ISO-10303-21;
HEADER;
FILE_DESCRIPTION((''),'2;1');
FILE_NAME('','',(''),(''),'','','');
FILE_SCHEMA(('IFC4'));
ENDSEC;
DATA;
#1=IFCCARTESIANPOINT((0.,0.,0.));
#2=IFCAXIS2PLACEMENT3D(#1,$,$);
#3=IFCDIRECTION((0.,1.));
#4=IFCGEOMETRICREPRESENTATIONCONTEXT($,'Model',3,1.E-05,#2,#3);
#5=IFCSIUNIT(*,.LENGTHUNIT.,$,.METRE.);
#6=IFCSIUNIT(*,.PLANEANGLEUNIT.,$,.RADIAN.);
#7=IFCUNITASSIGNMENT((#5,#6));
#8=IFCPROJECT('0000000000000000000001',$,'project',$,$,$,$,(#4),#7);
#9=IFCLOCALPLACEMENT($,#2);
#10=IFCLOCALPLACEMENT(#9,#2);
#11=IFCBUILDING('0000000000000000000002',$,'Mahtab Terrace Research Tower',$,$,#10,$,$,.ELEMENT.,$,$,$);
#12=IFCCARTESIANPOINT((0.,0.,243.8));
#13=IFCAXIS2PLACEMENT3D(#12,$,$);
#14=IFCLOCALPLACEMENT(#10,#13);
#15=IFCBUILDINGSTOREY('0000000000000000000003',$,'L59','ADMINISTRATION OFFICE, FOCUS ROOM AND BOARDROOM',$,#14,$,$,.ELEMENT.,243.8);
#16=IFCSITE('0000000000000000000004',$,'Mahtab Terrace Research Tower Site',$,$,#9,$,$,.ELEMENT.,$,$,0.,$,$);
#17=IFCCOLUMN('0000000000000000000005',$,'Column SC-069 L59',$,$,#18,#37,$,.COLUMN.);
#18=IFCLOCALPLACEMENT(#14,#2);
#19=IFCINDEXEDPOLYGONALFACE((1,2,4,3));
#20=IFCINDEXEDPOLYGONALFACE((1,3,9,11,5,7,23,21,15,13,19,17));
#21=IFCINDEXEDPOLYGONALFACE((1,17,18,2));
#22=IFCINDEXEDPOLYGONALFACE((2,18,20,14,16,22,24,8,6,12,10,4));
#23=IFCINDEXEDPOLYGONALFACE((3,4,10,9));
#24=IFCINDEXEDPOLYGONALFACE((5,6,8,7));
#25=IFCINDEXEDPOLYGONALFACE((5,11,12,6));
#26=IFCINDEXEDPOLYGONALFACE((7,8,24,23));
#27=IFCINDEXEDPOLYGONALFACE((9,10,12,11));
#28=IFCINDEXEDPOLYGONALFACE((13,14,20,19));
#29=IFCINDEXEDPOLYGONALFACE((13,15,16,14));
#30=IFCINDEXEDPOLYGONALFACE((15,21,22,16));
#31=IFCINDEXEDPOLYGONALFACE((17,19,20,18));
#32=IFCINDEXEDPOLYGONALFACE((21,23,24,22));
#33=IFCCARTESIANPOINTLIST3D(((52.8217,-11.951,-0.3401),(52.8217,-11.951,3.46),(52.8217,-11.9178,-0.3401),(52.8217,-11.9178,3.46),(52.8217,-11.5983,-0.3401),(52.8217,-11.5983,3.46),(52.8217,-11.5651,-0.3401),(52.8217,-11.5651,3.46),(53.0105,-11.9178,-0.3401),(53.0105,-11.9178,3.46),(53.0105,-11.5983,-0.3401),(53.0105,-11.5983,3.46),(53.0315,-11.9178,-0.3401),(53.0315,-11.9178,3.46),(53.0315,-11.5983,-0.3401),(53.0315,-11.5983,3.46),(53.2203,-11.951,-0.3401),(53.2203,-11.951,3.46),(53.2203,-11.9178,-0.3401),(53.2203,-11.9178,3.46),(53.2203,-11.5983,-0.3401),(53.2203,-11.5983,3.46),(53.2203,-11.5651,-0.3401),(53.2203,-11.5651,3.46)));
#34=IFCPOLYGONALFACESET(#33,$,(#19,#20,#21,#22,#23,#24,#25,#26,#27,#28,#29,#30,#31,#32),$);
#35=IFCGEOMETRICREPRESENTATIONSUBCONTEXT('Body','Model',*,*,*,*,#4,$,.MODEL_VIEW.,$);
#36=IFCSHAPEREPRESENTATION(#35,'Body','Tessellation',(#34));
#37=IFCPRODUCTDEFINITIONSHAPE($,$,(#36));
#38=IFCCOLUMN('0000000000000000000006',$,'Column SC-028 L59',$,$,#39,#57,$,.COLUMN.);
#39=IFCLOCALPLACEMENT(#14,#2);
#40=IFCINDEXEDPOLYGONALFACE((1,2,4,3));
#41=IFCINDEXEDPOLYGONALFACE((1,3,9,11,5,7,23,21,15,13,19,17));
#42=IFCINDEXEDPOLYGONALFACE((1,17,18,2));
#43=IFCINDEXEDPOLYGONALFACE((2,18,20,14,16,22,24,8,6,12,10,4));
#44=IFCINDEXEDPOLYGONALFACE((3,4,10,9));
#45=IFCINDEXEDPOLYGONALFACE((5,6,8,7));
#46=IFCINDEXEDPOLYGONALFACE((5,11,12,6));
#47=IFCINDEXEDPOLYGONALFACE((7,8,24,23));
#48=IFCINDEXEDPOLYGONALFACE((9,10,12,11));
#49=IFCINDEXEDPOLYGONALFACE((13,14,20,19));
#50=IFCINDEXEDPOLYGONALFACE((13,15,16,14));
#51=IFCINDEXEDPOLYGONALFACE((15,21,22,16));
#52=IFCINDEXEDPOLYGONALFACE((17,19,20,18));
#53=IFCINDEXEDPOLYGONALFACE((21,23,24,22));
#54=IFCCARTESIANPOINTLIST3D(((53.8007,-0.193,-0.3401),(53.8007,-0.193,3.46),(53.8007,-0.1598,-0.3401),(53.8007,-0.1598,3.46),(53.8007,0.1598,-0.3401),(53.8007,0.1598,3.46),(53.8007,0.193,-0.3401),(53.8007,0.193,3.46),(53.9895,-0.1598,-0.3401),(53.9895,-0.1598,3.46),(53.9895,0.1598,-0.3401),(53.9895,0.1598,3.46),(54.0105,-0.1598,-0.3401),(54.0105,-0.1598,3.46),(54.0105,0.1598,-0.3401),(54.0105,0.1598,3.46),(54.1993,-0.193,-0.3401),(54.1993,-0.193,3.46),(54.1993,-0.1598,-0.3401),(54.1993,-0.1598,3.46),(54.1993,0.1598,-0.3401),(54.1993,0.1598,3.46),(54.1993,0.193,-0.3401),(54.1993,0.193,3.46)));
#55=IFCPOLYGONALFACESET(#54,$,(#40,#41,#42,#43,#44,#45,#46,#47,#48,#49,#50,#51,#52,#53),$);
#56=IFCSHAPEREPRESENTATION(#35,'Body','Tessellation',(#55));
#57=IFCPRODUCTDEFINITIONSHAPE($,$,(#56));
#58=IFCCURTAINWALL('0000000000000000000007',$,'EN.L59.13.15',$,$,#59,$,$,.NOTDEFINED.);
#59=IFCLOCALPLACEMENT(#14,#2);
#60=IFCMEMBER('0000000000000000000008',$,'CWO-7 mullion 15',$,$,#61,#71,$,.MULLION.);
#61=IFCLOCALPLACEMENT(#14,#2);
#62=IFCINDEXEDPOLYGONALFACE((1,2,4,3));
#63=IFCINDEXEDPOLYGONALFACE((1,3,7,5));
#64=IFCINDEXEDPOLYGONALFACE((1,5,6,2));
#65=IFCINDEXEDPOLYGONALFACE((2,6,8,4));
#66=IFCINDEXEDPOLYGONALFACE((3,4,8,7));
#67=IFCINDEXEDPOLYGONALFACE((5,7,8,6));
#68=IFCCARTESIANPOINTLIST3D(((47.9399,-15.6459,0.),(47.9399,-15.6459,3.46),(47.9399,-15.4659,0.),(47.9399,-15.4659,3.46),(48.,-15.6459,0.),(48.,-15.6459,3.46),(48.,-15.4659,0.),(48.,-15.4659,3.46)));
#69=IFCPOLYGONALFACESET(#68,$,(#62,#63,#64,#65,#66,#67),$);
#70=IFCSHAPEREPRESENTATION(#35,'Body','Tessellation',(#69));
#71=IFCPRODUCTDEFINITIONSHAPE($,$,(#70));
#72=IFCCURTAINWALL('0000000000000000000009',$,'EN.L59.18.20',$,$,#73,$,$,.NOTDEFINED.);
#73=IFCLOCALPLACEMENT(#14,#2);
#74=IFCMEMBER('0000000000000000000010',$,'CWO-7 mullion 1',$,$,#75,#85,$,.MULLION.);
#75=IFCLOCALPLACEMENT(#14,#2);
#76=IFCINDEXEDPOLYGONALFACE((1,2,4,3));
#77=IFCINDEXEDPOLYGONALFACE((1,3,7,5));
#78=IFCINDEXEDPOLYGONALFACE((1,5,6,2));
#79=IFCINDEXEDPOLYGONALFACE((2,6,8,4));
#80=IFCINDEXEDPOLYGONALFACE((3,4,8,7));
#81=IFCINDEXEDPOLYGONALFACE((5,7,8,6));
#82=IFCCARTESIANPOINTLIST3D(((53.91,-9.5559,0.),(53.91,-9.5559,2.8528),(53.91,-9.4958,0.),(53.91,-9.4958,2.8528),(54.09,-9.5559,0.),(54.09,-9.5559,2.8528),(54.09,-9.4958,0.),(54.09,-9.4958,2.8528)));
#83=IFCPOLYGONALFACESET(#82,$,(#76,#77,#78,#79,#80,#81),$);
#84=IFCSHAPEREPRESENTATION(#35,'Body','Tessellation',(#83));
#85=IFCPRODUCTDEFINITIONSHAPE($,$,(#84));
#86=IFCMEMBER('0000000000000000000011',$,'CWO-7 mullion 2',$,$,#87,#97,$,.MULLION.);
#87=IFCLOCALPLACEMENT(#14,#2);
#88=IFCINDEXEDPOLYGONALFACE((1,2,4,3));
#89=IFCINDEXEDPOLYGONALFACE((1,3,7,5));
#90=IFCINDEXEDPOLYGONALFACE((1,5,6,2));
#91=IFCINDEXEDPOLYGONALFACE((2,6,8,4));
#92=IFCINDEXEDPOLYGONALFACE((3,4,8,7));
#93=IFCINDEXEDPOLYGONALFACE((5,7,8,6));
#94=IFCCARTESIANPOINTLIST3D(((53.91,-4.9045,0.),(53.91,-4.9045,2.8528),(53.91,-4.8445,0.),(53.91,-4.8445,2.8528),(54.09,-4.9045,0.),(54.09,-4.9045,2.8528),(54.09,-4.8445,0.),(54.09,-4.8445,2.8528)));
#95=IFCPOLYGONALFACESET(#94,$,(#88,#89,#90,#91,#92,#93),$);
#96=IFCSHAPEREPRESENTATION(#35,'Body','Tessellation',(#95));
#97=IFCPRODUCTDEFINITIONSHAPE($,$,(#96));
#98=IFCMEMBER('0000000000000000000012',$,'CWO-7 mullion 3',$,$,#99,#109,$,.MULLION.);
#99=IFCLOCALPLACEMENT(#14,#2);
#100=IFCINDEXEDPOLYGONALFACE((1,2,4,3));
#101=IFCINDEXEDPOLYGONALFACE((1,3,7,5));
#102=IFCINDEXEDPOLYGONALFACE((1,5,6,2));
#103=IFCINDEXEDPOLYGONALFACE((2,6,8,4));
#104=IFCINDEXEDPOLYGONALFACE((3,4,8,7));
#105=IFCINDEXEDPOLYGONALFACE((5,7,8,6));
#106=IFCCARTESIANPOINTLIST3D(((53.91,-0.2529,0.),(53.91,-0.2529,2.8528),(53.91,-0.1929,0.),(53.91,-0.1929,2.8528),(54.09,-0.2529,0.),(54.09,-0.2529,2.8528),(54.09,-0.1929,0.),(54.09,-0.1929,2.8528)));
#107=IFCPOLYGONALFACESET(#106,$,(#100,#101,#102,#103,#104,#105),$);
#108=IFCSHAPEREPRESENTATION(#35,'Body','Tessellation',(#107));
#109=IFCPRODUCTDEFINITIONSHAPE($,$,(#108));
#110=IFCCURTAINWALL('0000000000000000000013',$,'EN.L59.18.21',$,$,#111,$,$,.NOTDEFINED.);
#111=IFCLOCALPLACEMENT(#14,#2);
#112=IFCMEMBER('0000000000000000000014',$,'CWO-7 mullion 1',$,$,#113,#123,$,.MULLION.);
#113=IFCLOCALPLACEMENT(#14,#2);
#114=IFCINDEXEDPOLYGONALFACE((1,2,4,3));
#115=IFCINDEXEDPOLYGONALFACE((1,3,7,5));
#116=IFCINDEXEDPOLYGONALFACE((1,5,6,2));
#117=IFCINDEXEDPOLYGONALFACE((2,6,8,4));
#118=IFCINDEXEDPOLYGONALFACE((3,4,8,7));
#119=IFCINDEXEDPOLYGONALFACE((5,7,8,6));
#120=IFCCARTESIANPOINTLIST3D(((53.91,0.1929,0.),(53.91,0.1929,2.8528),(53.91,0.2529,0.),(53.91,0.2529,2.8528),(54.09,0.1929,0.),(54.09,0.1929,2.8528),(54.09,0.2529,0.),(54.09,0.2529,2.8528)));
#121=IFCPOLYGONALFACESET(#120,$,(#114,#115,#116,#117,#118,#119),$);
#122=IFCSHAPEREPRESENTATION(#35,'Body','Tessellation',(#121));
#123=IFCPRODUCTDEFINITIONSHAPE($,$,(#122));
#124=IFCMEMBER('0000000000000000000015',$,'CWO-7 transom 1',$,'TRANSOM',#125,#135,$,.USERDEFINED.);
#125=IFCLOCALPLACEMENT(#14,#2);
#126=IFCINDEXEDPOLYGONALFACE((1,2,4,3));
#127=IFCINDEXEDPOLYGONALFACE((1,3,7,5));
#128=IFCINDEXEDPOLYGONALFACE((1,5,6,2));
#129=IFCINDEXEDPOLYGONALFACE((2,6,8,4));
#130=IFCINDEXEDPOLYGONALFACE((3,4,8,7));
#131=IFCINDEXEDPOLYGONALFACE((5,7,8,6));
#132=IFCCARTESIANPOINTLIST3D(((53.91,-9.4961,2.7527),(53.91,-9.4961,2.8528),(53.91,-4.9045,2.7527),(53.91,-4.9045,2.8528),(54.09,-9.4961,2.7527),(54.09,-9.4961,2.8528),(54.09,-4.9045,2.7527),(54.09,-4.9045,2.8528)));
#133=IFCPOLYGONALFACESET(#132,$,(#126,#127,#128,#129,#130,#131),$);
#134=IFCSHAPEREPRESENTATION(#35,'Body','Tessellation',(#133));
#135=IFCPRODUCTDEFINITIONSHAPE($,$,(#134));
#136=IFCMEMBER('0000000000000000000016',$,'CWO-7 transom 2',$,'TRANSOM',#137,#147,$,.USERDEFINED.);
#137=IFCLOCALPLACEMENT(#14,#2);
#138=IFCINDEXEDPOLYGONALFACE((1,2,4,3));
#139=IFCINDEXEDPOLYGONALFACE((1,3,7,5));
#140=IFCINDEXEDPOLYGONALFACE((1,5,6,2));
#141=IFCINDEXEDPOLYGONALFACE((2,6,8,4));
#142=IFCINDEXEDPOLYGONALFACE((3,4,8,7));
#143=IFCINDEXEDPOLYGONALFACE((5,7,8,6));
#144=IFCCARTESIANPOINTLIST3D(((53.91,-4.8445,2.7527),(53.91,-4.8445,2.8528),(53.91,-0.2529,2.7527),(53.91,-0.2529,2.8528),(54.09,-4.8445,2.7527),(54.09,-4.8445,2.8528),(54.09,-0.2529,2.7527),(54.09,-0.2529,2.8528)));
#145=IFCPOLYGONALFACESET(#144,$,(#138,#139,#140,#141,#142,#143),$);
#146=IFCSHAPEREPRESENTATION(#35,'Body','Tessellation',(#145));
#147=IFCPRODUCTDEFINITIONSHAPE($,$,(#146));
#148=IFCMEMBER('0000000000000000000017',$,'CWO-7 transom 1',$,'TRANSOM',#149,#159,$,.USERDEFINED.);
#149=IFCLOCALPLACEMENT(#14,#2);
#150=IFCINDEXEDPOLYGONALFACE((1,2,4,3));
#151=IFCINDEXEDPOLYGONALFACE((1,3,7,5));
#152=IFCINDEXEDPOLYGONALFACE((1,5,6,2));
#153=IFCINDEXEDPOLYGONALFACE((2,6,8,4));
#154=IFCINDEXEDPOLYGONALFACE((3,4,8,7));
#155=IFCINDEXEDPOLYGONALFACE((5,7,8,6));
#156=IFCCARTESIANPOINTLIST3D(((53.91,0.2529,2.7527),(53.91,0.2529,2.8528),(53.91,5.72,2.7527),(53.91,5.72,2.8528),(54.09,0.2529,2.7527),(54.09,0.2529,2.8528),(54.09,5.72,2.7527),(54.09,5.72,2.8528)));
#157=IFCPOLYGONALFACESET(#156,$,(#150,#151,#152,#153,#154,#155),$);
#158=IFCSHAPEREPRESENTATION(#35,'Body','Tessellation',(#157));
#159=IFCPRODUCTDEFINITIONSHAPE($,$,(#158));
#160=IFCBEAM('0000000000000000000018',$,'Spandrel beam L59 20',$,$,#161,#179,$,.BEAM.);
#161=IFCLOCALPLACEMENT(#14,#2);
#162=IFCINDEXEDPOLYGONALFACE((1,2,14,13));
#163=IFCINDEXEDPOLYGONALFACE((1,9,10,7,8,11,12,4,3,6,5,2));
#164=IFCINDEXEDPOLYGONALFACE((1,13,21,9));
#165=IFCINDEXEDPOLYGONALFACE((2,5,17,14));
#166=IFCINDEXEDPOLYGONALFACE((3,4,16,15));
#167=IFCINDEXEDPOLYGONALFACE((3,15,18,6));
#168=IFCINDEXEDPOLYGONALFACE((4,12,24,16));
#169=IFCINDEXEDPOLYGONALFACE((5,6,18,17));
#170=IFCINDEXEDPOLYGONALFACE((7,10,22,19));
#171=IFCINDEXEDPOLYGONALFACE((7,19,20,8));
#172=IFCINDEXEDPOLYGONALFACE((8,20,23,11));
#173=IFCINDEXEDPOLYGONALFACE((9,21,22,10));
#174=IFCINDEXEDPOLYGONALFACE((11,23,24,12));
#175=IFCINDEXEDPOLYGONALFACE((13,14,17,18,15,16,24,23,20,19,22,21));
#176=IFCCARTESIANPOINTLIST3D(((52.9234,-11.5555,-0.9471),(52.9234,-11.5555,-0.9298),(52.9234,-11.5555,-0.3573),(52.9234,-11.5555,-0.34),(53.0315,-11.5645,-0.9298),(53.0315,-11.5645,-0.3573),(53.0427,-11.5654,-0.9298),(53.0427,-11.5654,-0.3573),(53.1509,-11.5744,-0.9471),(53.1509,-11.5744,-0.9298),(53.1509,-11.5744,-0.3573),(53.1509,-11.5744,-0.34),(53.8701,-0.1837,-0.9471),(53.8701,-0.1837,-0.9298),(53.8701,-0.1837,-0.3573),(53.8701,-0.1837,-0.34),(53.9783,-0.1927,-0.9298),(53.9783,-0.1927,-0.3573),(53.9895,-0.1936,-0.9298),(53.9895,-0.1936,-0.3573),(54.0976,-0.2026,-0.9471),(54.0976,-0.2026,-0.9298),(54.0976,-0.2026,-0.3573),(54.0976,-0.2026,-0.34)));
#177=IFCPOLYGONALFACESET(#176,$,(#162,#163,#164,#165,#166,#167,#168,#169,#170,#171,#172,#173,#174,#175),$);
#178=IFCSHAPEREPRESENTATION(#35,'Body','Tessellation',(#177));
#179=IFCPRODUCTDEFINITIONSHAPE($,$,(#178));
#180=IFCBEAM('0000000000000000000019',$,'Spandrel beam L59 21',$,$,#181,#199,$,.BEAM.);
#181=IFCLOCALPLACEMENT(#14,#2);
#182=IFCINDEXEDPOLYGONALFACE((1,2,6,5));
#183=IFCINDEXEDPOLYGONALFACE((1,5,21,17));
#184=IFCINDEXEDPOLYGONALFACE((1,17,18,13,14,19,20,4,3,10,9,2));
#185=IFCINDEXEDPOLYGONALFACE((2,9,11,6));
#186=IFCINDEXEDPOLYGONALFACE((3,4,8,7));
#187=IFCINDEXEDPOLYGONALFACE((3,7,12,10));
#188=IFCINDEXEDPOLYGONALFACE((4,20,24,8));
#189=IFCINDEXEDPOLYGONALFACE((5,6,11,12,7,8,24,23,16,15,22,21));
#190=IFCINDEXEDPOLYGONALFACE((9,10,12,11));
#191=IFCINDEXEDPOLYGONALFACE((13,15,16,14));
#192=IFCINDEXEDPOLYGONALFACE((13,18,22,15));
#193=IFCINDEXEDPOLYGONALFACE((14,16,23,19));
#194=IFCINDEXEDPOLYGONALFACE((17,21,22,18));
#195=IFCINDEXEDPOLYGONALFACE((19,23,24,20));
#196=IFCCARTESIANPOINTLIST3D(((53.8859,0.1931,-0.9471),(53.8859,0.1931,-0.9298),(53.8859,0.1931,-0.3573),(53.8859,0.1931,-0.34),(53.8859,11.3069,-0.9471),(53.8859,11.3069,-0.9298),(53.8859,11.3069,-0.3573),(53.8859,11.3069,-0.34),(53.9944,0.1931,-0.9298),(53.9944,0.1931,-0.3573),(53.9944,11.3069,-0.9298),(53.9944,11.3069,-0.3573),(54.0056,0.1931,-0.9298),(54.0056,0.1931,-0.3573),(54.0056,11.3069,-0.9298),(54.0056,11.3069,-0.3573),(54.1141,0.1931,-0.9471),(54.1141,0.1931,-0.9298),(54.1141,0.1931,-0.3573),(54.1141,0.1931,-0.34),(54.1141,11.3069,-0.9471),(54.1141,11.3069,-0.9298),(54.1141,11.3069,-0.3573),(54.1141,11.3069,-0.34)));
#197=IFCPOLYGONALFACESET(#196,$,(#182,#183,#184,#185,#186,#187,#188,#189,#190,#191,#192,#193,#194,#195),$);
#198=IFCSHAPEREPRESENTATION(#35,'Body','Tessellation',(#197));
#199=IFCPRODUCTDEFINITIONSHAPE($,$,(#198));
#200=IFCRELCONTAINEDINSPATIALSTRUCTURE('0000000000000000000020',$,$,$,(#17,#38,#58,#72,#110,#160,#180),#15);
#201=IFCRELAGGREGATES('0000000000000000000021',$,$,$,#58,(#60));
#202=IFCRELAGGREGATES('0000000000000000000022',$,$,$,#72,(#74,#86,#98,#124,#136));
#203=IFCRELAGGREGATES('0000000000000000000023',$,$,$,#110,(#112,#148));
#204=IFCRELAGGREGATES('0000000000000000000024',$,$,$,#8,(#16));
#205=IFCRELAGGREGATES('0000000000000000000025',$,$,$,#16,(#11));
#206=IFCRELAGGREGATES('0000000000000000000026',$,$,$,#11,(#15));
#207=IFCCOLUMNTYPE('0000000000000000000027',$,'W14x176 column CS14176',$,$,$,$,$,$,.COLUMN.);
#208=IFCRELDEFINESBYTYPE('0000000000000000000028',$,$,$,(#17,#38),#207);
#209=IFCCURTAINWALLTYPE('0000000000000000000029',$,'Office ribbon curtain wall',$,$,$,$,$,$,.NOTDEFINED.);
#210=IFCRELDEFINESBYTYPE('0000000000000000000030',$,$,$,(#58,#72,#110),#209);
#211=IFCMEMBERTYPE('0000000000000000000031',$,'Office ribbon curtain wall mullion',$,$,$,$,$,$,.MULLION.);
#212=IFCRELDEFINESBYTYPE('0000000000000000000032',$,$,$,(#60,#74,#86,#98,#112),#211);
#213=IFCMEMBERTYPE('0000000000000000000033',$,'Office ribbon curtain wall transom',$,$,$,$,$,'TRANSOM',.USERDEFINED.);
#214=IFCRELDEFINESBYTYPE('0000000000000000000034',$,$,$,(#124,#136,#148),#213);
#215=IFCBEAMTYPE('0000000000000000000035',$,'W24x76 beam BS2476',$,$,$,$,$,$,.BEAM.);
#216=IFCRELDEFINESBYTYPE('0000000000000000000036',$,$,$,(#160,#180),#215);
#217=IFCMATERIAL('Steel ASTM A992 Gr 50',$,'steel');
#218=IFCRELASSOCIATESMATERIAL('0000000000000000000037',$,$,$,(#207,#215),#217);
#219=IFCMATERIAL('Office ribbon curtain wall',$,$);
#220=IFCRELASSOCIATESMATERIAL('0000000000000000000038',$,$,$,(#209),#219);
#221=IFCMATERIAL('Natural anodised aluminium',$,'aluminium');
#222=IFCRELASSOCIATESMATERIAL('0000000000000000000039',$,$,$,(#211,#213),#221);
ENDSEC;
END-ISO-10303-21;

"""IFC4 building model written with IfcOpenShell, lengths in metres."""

from ifc_helpers import new_model, si_unit, direction, frame, origin, origin_2d, place, context, subcontext, project, spatial, rectangle, i_section, extrude, material, material_profile, profile_set, type_object, element, aggregate, save


model = new_model("IFC4")

# Units and contexts
model_context = context("Model", 3, precision=1e-05, world=origin(), true_north=direction((0.0, 1.0)))
body_context = subcontext(model_context, "Body", "Model", "MODEL_VIEW")
ifc_project = project(units=[si_unit("LENGTHUNIT", "METRE"), si_unit("PLANEANGLEUNIT", "RADIAN")], contexts=[model_context])

# Site, building, storey
site_placement = place(None, origin())
site = spatial("IfcSite", under=ifc_project, at=site_placement, Name="Mahtab Terrace Research Tower Site", CompositionType="ELEMENT", RefElevation=0.0)
building_placement = place(site_placement, origin())
building = spatial("IfcBuilding", under=site, at=building_placement, Name="Mahtab Terrace Research Tower", CompositionType="ELEMENT")
storey_placement = place(building_placement, frame((0.0, 0.0, 243.8)))
storey = spatial("IfcBuildingStorey", under=building, at=storey_placement, Name="L59", Description="ADMINISTRATION OFFICE, FOCUS ROOM AND BOARDROOM", CompositionType="ELEMENT", Elevation=243.8)

# Columns
ifc_material_1 = material(Name="Steel ASTM A992 Gr 50", Category="steel")
ifc_material_profile_1 = material_profile(ifc_material_1, i_section(OverallWidth=0.3987, OverallDepth=0.386, WebThickness=0.021, FlangeThickness=0.0332, at=origin_2d()), Name="W14X176")
ifc_profile_set_1 = profile_set([ifc_material_profile_1], Name="Steel ASTM A992 Gr 50")
column_type = type_object("IfcColumnType", Name="W14x176 column CS14176", PredefinedType="COLUMN", material=ifc_profile_set_1)
for number, where, z_axis, x_axis, name in (
    (1, (53.021, -11.7581, -0.3401), (0.0, 0.0, 1.0), (1.0, 0.0, 0.0), "Column SC-069 L59"),
    (2, (54.0, 0.0, -0.3401), (0.0, 0.0, 1.0), (1.0, 0.0, 0.0), "Column SC-028 L59"),
):
    element("IfcColumn", number, at=place(storey_placement, frame(where, z_axis=z_axis, x_axis=x_axis)), inside=storey, type_object=column_type, Name=name, PredefinedType="COLUMN", context=body_context, shape_type="SweptSolid", body=[
        extrude(i_section(OverallWidth=0.3987, OverallDepth=0.386, WebThickness=0.021, FlangeThickness=0.0332, at=origin_2d()), origin(), (0.0, 0.0, 1.0), 3.8),
    ])

# Curtain wall, member
ifc_material_2 = material(Name="Office ribbon curtain wall")
curtain_wall_type = type_object("IfcCurtainWallType", Name="Office ribbon curtain wall", PredefinedType="NOTDEFINED", material=ifc_material_2)
curtain_wall_1_placement = place(storey_placement, origin())
curtain_wall_1 = element("IfcCurtainWall", 3, at=curtain_wall_1_placement, inside=storey, type_object=curtain_wall_type, Name="EN.L59.13.15", PredefinedType="NOTDEFINED")
ifc_material_3 = material(Name="Natural anodised aluminium", Category="aluminium")
ifc_material_profile_2 = material_profile(ifc_material_3, rectangle(XDim=0.1799, YDim=0.0601, at=origin_2d()), Name="MULLION 60x180")
ifc_profile_set_2 = profile_set([ifc_material_profile_2], Name="Natural anodised aluminium")
member_type_1 = type_object("IfcMemberType", Name="Office ribbon curtain wall mullion", PredefinedType="MULLION", material=ifc_profile_set_2)
member_1_placement = place(storey_placement, frame((47.97, -15.5559, 0.0), z_axis=(0.0, 0.0, 1.0), x_axis=(0.0, 1.0, 0.0)))
member_1 = element("IfcMember", 4, at=member_1_placement, type_object=member_type_1, Name="CWO-7 mullion 15", PredefinedType="MULLION", context=body_context, shape_type="SweptSolid", body=[
    extrude(rectangle(XDim=0.1799, YDim=0.0601, at=origin_2d()), origin(), (0.0, 0.0, 1.0), 3.46),
])

# Curtain wall, members
curtain_wall_2_placement = place(storey_placement, origin())
curtain_wall_2 = element("IfcCurtainWall", 5, at=curtain_wall_2_placement, inside=storey, type_object=curtain_wall_type, Name="EN.L59.18.20", PredefinedType="NOTDEFINED")
member_2_placement = place(storey_placement, frame((54.0, -9.5259, 0.0), z_axis=(0.0, 0.0, 1.0), x_axis=(-1.0, 0.0, 0.0)))
member_2 = element("IfcMember", 6, at=member_2_placement, type_object=member_type_1, Name="CWO-7 mullion 1", PredefinedType="MULLION", context=body_context, shape_type="SweptSolid", body=[
    extrude(rectangle(XDim=0.1799, YDim=0.0601, at=origin_2d()), origin(), (0.0, 0.0, 1.0), 2.8528),
])
member_3_placement = place(storey_placement, frame((54.0, -4.8745, 0.0), z_axis=(0.0, 0.0, 1.0), x_axis=(-1.0, 0.0, 0.0)))
member_3 = element("IfcMember", 7, at=member_3_placement, type_object=member_type_1, Name="CWO-7 mullion 2", PredefinedType="MULLION", context=body_context, shape_type="SweptSolid", body=[
    extrude(rectangle(XDim=0.1799, YDim=0.0601, at=origin_2d()), origin(), (0.0, 0.0, 1.0), 2.8528),
])
member_4_placement = place(storey_placement, frame((54.0, -0.2229, 0.0), z_axis=(0.0, 0.0, 1.0), x_axis=(-1.0, 0.0, 0.0)))
member_4 = element("IfcMember", 8, at=member_4_placement, type_object=member_type_1, Name="CWO-7 mullion 3", PredefinedType="MULLION", context=body_context, shape_type="SweptSolid", body=[
    extrude(rectangle(XDim=0.1799, YDim=0.0601, at=origin_2d()), origin(), (0.0, 0.0, 1.0), 2.8528),
])

# Curtain wall, member
curtain_wall_3_placement = place(storey_placement, origin())
curtain_wall_3 = element("IfcCurtainWall", 9, at=curtain_wall_3_placement, inside=storey, type_object=curtain_wall_type, Name="EN.L59.18.21", PredefinedType="NOTDEFINED")
member_5_placement = place(storey_placement, frame((54.0, 0.2229, 0.0), z_axis=(0.0, 0.0, 1.0), x_axis=(-1.0, 0.0, 0.0)))
member_5 = element("IfcMember", 10, at=member_5_placement, type_object=member_type_1, Name="CWO-7 mullion 1", PredefinedType="MULLION", context=body_context, shape_type="SweptSolid", body=[
    extrude(rectangle(XDim=0.1799, YDim=0.0601, at=origin_2d()), origin(), (0.0, 0.0, 1.0), 2.8528),
])

# Members
ifc_material_profile_3 = material_profile(ifc_material_3, rectangle(XDim=0.1799, YDim=0.1001, at=origin_2d()), Name="TRANSOM 100x180")
ifc_profile_set_3 = profile_set([ifc_material_profile_3], Name="Natural anodised aluminium")
member_type_2 = type_object("IfcMemberType", Name="Office ribbon curtain wall transom", ElementType="TRANSOM", PredefinedType="USERDEFINED", material=ifc_profile_set_3)
member_6_placement = place(storey_placement, frame((54.0, -9.4961, 2.8027), z_axis=(0.0, 1.0, 0.0), x_axis=(-1.0, 0.0, 0.0)))
member_6 = element("IfcMember", 11, at=member_6_placement, type_object=member_type_2, Name="CWO-7 transom 1", ObjectType="TRANSOM", PredefinedType="USERDEFINED", context=body_context, shape_type="SweptSolid", body=[
    extrude(rectangle(XDim=0.1799, YDim=0.1001, at=origin_2d()), origin(), (0.0, 0.0, 1.0), 4.5916),
])
member_7_placement = place(storey_placement, frame((54.0, -4.8445, 2.8027), z_axis=(0.0, 1.0, 0.0), x_axis=(-1.0, 0.0, 0.0)))
member_7 = element("IfcMember", 12, at=member_7_placement, type_object=member_type_2, Name="CWO-7 transom 2", ObjectType="TRANSOM", PredefinedType="USERDEFINED", context=body_context, shape_type="SweptSolid", body=[
    extrude(rectangle(XDim=0.1799, YDim=0.1001, at=origin_2d()), origin(), (0.0, 0.0, 1.0), 4.5916),
])
member_8_placement = place(storey_placement, frame((54.0, 0.2529, 2.8027), z_axis=(0.0, 1.0, 0.0), x_axis=(-1.0, 0.0, 0.0)))
member_8 = element("IfcMember", 13, at=member_8_placement, type_object=member_type_2, Name="CWO-7 transom 1", ObjectType="TRANSOM", PredefinedType="USERDEFINED", context=body_context, shape_type="SweptSolid", body=[
    extrude(rectangle(XDim=0.1799, YDim=0.1001, at=origin_2d()), origin(), (0.0, 0.0, 1.0), 5.467),
])

# Beams
ifc_material_profile_4 = material_profile(ifc_material_1, i_section(OverallWidth=0.2283, OverallDepth=0.6072, WebThickness=0.0112, FlangeThickness=0.0173, at=origin_2d()), Name="W24X76")
ifc_profile_set_4 = profile_set([ifc_material_profile_4], Name="Steel ASTM A992 Gr 50")
beam_type = type_object("IfcBeamType", Name="W24x76 beam BS2476", PredefinedType="BEAM", material=ifc_profile_set_4)
beam_1_placement = place(storey_placement, frame((53.0371, -11.5649, -0.6436), z_axis=(0.082969, 0.996552, 0.0), x_axis=(-0.996552, 0.082969, 0.0)))
element("IfcBeam", 14, at=beam_1_placement, inside=storey, type_object=beam_type, Name="Spandrel beam L59 20", PredefinedType="BEAM", context=body_context, shape_type="SweptSolid", body=[
    extrude(i_section(OverallWidth=0.2283, OverallDepth=0.6072, WebThickness=0.0112, FlangeThickness=0.0173, at=origin_2d()), origin(), (0.0, 0.0, 1.0), 11.4111),
])
beam_2_placement = place(storey_placement, frame((54.0, 0.1931, -0.6436), z_axis=(0.0, 1.0, 0.0), x_axis=(-1.0, 0.0, 0.0)))
element("IfcBeam", 15, at=beam_2_placement, inside=storey, type_object=beam_type, Name="Spandrel beam L59 21", PredefinedType="BEAM", context=body_context, shape_type="SweptSolid", body=[
    extrude(i_section(OverallWidth=0.2283, OverallDepth=0.6072, WebThickness=0.0112, FlangeThickness=0.0173, at=origin_2d()), origin(), (0.0, 0.0, 1.0), 11.1138),
])

aggregate(curtain_wall_1, [member_1])
aggregate(curtain_wall_2, [member_2, member_3, member_4, member_6, member_7])
aggregate(curtain_wall_3, [member_5, member_8])

save(model, "model.ifc")
